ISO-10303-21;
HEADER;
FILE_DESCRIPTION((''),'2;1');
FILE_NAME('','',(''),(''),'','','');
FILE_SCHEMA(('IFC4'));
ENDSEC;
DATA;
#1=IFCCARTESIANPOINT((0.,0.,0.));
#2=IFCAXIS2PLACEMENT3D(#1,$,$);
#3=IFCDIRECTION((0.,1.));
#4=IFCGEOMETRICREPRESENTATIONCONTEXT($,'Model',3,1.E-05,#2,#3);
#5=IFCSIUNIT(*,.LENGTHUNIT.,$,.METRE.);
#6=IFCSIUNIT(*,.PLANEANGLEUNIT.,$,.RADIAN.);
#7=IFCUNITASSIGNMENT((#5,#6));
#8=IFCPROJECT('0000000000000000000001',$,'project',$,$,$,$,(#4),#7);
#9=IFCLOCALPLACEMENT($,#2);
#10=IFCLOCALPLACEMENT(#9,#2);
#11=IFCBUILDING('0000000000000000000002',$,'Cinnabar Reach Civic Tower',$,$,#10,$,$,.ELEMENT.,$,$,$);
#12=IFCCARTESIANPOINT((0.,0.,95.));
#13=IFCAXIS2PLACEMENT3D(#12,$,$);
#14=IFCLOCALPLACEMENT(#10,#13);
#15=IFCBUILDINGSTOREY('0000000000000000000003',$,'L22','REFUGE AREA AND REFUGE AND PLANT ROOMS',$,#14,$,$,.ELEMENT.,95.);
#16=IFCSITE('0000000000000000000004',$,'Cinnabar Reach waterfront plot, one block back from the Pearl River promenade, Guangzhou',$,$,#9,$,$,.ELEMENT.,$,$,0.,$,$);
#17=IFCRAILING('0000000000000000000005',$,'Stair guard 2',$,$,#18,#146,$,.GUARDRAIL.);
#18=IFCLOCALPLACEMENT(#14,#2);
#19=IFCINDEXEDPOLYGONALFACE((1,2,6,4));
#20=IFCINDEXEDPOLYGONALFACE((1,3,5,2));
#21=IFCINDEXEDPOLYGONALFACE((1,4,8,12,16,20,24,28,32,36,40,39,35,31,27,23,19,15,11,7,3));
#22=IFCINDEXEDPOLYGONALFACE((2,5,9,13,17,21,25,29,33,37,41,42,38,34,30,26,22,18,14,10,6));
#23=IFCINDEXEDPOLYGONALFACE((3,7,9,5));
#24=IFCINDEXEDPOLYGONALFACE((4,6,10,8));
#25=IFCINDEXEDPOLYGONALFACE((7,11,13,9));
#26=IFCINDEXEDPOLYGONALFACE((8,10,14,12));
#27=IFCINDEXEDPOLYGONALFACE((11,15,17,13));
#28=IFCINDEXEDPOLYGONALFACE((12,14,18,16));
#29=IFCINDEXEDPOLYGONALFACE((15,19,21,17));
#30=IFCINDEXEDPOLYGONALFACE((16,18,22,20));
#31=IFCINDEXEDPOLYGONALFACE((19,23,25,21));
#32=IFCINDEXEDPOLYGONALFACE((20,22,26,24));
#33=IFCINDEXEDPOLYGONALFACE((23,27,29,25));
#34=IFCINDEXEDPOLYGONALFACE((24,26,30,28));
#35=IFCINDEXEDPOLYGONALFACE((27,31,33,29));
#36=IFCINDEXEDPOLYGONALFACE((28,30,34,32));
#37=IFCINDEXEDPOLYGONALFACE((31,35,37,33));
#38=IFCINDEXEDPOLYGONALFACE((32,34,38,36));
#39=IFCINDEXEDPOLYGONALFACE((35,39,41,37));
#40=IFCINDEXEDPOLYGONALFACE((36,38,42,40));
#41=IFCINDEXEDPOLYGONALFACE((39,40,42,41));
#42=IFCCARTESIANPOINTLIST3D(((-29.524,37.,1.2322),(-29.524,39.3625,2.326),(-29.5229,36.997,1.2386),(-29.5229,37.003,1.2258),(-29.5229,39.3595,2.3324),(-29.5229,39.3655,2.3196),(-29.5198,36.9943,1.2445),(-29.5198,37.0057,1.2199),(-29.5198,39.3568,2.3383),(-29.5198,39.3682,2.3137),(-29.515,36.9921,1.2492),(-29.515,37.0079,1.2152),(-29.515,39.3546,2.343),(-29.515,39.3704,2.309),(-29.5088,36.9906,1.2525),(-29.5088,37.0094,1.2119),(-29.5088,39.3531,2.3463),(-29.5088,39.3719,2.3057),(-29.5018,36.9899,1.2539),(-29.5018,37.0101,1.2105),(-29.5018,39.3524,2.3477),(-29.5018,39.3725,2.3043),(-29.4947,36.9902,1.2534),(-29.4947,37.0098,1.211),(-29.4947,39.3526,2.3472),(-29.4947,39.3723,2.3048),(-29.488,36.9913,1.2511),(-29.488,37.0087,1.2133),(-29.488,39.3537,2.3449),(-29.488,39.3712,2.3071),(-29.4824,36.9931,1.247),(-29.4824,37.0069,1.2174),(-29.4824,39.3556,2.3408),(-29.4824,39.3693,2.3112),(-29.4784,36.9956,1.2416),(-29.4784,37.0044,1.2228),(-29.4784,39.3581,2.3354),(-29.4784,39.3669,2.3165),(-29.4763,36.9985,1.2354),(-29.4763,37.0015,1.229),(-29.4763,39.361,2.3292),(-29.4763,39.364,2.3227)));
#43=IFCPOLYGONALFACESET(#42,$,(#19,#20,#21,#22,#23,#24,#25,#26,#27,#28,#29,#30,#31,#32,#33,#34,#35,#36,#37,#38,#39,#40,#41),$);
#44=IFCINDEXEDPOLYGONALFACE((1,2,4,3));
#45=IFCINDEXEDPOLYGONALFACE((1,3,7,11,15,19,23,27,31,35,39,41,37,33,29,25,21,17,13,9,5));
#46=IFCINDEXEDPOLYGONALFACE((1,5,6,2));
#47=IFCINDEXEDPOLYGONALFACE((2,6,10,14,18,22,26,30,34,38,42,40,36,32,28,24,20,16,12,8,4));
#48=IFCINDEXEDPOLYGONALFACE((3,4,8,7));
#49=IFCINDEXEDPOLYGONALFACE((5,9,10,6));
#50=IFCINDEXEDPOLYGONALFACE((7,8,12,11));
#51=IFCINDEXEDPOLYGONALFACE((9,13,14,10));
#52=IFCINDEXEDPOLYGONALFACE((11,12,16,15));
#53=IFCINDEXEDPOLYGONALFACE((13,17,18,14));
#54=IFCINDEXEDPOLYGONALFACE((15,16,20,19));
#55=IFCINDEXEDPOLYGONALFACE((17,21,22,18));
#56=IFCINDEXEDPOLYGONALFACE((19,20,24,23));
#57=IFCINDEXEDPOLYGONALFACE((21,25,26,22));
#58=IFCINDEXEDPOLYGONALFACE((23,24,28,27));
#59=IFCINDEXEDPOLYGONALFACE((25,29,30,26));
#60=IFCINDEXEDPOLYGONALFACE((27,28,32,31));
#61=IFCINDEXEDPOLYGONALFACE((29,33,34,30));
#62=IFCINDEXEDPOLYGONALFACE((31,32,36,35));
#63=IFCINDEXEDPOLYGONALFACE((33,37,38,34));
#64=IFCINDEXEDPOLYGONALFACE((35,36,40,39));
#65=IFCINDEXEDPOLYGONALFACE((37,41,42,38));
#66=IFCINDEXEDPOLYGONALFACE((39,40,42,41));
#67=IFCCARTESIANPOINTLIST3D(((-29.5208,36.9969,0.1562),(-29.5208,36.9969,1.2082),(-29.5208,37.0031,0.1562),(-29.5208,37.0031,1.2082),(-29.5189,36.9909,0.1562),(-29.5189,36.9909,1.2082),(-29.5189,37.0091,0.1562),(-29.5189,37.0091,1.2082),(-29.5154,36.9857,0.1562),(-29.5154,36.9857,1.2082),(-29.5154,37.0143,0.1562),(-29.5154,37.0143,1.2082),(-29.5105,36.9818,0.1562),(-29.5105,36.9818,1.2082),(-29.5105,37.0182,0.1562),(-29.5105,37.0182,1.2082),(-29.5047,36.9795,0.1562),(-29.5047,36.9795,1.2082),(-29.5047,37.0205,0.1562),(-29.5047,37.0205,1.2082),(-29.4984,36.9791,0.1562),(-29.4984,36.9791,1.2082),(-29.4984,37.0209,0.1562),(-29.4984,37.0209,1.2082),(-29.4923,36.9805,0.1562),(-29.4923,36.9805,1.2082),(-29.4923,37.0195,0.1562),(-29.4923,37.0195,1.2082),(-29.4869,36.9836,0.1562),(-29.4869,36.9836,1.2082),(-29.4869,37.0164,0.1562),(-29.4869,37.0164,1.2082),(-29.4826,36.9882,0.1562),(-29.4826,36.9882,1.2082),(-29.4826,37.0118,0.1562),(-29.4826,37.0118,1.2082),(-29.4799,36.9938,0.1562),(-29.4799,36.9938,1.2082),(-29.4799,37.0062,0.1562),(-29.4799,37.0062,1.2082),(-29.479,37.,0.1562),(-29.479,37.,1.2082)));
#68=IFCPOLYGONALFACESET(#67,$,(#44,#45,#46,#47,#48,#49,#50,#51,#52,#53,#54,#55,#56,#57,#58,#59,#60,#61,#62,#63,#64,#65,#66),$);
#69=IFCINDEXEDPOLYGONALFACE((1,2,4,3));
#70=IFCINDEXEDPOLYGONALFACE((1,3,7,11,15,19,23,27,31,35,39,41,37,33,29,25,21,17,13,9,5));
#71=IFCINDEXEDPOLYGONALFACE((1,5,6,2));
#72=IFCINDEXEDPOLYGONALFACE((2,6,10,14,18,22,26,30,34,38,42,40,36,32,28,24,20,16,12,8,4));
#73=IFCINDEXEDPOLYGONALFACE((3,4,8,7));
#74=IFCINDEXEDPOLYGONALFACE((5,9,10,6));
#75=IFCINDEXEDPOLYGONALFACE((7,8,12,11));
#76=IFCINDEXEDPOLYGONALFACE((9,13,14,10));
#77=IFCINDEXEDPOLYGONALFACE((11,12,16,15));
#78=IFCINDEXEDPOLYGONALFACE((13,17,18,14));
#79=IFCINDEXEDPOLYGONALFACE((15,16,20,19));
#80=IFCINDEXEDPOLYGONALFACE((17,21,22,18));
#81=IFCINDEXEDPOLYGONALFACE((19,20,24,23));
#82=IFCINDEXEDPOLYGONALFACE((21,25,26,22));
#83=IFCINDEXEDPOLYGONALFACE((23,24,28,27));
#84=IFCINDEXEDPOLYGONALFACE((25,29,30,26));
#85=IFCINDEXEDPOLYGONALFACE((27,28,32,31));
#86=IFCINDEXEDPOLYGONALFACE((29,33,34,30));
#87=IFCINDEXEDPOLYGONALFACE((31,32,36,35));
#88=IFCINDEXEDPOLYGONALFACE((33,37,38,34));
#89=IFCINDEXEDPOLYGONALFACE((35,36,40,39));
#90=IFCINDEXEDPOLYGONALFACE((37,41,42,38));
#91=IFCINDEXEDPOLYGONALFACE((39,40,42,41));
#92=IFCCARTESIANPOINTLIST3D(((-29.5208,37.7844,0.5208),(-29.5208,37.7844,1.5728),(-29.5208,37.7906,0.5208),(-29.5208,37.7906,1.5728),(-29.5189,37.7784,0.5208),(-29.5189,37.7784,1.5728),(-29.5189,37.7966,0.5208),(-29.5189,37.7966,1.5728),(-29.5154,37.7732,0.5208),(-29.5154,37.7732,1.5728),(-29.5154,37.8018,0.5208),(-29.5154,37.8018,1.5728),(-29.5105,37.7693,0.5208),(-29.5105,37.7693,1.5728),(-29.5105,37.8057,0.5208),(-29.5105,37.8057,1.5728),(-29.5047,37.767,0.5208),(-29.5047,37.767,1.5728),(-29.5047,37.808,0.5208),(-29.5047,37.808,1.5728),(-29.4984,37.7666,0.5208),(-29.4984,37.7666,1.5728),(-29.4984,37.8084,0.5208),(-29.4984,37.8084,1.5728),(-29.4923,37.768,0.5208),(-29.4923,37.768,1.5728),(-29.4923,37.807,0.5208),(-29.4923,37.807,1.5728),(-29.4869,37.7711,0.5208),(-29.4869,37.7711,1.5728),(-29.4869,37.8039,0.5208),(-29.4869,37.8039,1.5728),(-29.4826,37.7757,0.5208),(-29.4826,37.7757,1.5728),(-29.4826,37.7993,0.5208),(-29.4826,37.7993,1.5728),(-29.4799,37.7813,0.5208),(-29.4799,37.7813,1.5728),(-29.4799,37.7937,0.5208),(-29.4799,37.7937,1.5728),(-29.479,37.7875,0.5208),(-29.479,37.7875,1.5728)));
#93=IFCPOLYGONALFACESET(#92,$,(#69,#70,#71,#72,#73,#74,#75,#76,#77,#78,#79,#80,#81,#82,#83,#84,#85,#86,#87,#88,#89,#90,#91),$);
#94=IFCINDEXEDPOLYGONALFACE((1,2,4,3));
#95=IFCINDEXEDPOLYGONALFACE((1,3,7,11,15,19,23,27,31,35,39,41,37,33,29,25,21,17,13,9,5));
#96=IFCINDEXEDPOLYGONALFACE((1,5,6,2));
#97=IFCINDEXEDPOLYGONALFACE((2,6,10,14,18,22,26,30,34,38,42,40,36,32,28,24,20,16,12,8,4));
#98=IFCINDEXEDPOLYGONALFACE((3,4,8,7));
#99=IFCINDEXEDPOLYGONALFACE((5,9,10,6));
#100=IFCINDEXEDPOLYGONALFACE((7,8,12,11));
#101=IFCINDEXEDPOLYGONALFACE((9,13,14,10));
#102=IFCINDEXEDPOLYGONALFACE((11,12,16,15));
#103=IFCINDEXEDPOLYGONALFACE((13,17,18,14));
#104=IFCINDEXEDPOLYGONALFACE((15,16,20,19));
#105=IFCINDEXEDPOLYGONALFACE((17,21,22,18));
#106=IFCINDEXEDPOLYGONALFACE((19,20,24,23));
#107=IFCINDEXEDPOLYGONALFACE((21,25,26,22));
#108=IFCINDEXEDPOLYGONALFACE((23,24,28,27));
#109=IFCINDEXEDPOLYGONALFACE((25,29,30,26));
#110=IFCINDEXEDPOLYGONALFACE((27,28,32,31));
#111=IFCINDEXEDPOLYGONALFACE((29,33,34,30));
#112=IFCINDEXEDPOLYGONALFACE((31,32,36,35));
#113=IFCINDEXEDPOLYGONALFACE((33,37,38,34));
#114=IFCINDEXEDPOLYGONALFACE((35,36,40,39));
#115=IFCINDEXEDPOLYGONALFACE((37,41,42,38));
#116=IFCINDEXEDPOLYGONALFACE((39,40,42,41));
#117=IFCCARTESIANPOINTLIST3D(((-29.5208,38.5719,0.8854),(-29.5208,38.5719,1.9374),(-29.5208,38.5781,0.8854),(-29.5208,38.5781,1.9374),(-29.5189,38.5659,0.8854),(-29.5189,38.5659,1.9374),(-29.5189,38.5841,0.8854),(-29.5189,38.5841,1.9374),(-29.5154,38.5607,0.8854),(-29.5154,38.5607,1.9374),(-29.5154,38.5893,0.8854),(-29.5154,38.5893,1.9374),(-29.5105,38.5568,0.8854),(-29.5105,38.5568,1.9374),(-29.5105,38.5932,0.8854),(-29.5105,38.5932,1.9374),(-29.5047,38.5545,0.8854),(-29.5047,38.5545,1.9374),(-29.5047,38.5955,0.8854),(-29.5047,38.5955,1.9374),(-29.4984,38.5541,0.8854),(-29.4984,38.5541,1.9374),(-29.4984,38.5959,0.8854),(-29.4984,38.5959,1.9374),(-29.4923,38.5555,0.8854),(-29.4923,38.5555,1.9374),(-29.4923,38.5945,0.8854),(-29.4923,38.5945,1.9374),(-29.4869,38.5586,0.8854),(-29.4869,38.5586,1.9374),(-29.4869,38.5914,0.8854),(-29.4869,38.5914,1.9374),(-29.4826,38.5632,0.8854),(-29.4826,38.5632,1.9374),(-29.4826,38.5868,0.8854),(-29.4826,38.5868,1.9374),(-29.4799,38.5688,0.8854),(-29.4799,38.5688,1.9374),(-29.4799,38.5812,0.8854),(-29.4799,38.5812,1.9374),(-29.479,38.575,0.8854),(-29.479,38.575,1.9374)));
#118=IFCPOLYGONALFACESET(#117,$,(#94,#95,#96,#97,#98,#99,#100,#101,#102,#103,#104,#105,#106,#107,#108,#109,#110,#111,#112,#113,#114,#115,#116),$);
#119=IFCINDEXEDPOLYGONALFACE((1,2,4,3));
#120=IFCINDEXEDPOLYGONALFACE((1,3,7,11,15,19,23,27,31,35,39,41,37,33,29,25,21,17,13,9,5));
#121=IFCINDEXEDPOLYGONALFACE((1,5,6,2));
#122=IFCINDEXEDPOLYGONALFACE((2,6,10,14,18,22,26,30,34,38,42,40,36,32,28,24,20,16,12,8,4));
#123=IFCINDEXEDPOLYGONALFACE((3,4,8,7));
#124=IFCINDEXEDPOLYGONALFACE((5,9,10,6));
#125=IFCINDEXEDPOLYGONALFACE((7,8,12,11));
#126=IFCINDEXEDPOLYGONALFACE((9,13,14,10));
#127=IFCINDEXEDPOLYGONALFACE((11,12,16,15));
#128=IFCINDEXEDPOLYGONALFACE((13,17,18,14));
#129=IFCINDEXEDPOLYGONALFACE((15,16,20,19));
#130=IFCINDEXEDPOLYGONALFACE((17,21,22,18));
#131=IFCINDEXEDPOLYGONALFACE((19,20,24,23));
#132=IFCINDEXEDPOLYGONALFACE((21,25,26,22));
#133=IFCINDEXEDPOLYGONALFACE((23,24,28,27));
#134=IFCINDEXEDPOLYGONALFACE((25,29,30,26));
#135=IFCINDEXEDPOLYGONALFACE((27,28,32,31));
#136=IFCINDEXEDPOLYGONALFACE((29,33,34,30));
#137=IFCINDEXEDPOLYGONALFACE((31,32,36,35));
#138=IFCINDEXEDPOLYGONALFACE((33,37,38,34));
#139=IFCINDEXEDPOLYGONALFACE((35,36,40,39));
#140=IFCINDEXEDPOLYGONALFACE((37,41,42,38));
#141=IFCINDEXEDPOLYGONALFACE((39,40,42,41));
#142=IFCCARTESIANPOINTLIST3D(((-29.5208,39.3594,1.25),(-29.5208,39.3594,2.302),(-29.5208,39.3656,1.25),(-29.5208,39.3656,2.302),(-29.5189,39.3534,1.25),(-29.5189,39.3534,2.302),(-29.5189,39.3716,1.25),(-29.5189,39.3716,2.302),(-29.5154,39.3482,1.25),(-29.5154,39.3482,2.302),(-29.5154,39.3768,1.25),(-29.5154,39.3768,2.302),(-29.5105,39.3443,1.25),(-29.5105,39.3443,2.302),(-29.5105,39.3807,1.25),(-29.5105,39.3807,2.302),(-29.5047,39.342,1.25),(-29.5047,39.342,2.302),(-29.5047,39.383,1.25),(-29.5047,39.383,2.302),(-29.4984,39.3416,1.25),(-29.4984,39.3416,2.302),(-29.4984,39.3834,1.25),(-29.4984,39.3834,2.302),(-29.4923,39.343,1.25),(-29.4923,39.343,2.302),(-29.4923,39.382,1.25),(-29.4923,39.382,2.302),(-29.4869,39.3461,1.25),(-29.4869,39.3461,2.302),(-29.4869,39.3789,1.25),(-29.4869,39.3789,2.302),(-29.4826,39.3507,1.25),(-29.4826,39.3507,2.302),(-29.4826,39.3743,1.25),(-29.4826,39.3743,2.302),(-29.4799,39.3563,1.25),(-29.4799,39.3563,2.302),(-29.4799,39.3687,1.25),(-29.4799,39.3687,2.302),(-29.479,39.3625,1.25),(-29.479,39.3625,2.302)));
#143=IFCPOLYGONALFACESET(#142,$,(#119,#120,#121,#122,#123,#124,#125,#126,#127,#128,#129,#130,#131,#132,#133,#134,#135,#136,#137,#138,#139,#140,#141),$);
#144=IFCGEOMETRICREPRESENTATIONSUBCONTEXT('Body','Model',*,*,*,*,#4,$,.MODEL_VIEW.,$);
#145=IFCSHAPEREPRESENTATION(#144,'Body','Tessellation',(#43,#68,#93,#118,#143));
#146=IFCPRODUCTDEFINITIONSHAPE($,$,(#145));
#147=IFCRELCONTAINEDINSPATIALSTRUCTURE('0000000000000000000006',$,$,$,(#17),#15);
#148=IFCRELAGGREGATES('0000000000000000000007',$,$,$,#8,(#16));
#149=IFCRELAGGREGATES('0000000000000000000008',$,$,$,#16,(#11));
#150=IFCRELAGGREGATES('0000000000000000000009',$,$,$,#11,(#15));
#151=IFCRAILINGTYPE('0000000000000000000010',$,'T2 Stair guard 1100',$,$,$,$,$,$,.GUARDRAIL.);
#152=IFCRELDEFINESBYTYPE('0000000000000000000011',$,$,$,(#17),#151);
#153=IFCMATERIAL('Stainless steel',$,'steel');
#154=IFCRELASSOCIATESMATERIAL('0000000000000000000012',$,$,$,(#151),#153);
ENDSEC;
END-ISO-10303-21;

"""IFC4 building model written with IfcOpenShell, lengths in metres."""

from ifc_helpers import new_model, si_unit, direction, frame, origin, origin_2d, place, context, subcontext, project, spatial, circle, extrude, material, type_object, element, save


model = new_model("IFC4")

# Units and contexts
model_context = context("Model", 3, precision=1e-05, world=origin(), true_north=direction((0.0, 1.0)))
body_context = subcontext(model_context, "Body", "Model", "MODEL_VIEW")
ifc_project = project(units=[si_unit("LENGTHUNIT", "METRE"), si_unit("PLANEANGLEUNIT", "RADIAN")], contexts=[model_context])

# Site, building, storey
site_placement = place(None, origin())
site = spatial("IfcSite", under=ifc_project, at=site_placement, Name="Cinnabar Reach waterfront plot, one block back from the Pearl River promenade, Guangzhou", CompositionType="ELEMENT", RefElevation=0.0)
building_placement = place(site_placement, origin())
building = spatial("IfcBuilding", under=site, at=building_placement, Name="Cinnabar Reach Civic Tower", CompositionType="ELEMENT")
storey_placement = place(building_placement, frame((0.0, 0.0, 95.0)))
storey = spatial("IfcBuildingStorey", under=building, at=storey_placement, Name="L22", Description="REFUGE AREA AND REFUGE AND PLANT ROOMS", CompositionType="ELEMENT", Elevation=95.0)

# Railing
ifc_material_1 = material(Name="Stainless steel", Category="steel")
railing_type = type_object("IfcRailingType", Name="T2 Stair guard 1100", PredefinedType="GUARDRAIL", material=ifc_material_1)
railing_1_placement = place(storey_placement, frame((-29.5, 37.0, 0.1562)))
element("IfcRailing", 1, at=railing_1_placement, inside=storey, type_object=railing_type, Name="Stair guard 2", PredefinedType="GUARDRAIL", context=body_context, shape_type="SweptSolid", body=[
    extrude(circle(Radius=0.024, at=origin_2d()), frame((0.0, 0.0, 1.076), z_axis=(0.0, 0.90746, 0.420139), x_axis=(-1.0, 0.0, 0.0)), (0.0, 0.0, 1.0), 2.6034),
    extrude(circle(Radius=0.021, at=origin_2d()), origin(), (0.0, 0.0, 1.0), 1.052),
    extrude(circle(Radius=0.021, at=origin_2d()), frame((0.0, 0.7875, 0.3646)), (0.0, 0.0, 1.0), 1.052),
    extrude(circle(Radius=0.021, at=origin_2d()), frame((0.0, 1.575, 0.7292)), (0.0, 0.0, 1.0), 1.052),
    extrude(circle(Radius=0.021, at=origin_2d()), frame((0.0, 2.3625, 1.0938)), (0.0, 0.0, 1.0), 1.052),
])

save(model, "model.ifc")
